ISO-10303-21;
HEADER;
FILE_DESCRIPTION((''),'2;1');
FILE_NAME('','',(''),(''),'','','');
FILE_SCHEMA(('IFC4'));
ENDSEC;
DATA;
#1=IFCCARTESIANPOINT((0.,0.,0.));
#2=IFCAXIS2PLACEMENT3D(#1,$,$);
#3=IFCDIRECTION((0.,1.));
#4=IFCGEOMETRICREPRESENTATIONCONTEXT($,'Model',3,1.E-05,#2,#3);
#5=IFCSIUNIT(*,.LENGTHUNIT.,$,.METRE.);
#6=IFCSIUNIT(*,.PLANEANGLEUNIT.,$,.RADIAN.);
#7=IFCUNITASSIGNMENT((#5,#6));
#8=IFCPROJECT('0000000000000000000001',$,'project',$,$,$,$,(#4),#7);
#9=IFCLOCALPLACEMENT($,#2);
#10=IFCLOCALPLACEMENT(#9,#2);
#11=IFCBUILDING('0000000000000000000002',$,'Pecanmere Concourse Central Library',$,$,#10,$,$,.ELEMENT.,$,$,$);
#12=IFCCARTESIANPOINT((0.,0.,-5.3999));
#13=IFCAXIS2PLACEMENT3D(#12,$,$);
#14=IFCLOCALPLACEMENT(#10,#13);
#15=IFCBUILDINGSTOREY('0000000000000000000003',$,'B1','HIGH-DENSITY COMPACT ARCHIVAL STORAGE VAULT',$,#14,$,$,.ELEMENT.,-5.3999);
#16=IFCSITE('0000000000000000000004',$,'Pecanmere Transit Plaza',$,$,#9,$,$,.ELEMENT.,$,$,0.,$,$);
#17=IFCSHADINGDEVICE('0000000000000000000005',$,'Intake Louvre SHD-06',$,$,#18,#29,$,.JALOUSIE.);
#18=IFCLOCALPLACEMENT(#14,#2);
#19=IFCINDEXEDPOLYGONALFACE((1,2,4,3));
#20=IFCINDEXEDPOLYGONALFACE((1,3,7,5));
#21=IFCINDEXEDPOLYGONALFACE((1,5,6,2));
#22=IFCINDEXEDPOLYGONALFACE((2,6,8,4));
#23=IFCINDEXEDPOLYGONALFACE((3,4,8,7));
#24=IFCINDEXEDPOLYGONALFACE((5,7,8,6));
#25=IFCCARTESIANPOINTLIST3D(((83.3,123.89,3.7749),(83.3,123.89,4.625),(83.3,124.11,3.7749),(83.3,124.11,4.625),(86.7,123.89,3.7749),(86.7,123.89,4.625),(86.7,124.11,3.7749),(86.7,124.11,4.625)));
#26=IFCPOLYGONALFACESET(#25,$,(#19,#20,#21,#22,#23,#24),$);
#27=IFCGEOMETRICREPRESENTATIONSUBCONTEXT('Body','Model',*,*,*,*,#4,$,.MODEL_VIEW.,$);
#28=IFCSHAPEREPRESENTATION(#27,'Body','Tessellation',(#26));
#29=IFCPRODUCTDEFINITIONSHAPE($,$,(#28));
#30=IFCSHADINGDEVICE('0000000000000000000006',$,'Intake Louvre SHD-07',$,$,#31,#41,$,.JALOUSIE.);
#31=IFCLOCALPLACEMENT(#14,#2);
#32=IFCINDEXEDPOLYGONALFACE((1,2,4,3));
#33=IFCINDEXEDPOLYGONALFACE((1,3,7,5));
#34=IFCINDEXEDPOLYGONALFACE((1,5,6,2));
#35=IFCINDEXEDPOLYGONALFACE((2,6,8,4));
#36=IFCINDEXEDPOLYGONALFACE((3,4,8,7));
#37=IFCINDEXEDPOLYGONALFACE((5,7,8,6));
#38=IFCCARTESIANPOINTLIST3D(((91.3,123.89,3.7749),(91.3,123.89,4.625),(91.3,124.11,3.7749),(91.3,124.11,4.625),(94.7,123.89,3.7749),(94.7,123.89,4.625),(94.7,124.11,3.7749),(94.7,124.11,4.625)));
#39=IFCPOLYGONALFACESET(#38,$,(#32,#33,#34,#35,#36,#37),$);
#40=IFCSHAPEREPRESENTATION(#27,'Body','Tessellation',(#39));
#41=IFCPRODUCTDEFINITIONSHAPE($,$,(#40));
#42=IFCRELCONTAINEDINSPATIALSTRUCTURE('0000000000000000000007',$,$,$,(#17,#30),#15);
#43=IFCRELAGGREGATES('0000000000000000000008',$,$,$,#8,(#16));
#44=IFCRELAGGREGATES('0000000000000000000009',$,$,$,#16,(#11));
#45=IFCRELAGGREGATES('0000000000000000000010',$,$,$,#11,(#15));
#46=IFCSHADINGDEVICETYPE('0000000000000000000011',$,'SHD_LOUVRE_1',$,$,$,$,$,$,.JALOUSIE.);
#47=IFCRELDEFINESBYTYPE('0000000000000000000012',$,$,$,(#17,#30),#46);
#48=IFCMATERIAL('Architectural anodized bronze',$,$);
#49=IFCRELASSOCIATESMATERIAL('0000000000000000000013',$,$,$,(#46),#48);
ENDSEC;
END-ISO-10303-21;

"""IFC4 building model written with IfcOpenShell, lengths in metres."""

from ifc_helpers import new_model, si_unit, direction, frame, origin, origin_2d, place, context, subcontext, project, spatial, rectangle, extrude, material, type_object, element, save


model = new_model("IFC4")

# Units and contexts
model_context = context("Model", 3, precision=1e-05, world=origin(), true_north=direction((0.0, 1.0)))
body_context = subcontext(model_context, "Body", "Model", "MODEL_VIEW")
ifc_project = project(units=[si_unit("LENGTHUNIT", "METRE"), si_unit("PLANEANGLEUNIT", "RADIAN")], contexts=[model_context])

# Site, building, storey
site_placement = place(None, origin())
site = spatial("IfcSite", under=ifc_project, at=site_placement, Name="Pecanmere Transit Plaza", CompositionType="ELEMENT", RefElevation=0.0)
building_placement = place(site_placement, origin())
building = spatial("IfcBuilding", under=site, at=building_placement, Name="Pecanmere Concourse Central Library", CompositionType="ELEMENT")
storey_placement = place(building_placement, frame((0.0, 0.0, -5.3999)))
storey = spatial("IfcBuildingStorey", under=building, at=storey_placement, Name="B1", Description="HIGH-DENSITY COMPACT ARCHIVAL STORAGE VAULT", CompositionType="ELEMENT", Elevation=-5.3999)

# Shading devices
ifc_material_1 = material(Name="Architectural anodized bronze")
shading_device_type = type_object("IfcShadingDeviceType", Name="SHD_LOUVRE_1", PredefinedType="JALOUSIE", material=ifc_material_1)
for number, where, z_axis, x_axis, name in (
    (1, (85.0, 124.0, 3.7749), (0.0, 0.0, 1.0), (1.0, 0.0, 0.0), "Intake Louvre SHD-06"),
    (2, (93.0, 124.0, 3.7749), (0.0, 0.0, 1.0), (1.0, 0.0, 0.0), "Intake Louvre SHD-07"),
):
    element("IfcShadingDevice", number, at=place(storey_placement, frame(where, z_axis=z_axis, x_axis=x_axis)), inside=storey, type_object=shading_device_type, Name=name, PredefinedType="JALOUSIE", context=body_context, shape_type="SweptSolid", body=[
        extrude(rectangle(XDim=3.3999, YDim=0.22, at=origin_2d()), origin(), (0.0, 0.0, 1.0), 0.8501),
    ])

save(model, "model.ifc")
